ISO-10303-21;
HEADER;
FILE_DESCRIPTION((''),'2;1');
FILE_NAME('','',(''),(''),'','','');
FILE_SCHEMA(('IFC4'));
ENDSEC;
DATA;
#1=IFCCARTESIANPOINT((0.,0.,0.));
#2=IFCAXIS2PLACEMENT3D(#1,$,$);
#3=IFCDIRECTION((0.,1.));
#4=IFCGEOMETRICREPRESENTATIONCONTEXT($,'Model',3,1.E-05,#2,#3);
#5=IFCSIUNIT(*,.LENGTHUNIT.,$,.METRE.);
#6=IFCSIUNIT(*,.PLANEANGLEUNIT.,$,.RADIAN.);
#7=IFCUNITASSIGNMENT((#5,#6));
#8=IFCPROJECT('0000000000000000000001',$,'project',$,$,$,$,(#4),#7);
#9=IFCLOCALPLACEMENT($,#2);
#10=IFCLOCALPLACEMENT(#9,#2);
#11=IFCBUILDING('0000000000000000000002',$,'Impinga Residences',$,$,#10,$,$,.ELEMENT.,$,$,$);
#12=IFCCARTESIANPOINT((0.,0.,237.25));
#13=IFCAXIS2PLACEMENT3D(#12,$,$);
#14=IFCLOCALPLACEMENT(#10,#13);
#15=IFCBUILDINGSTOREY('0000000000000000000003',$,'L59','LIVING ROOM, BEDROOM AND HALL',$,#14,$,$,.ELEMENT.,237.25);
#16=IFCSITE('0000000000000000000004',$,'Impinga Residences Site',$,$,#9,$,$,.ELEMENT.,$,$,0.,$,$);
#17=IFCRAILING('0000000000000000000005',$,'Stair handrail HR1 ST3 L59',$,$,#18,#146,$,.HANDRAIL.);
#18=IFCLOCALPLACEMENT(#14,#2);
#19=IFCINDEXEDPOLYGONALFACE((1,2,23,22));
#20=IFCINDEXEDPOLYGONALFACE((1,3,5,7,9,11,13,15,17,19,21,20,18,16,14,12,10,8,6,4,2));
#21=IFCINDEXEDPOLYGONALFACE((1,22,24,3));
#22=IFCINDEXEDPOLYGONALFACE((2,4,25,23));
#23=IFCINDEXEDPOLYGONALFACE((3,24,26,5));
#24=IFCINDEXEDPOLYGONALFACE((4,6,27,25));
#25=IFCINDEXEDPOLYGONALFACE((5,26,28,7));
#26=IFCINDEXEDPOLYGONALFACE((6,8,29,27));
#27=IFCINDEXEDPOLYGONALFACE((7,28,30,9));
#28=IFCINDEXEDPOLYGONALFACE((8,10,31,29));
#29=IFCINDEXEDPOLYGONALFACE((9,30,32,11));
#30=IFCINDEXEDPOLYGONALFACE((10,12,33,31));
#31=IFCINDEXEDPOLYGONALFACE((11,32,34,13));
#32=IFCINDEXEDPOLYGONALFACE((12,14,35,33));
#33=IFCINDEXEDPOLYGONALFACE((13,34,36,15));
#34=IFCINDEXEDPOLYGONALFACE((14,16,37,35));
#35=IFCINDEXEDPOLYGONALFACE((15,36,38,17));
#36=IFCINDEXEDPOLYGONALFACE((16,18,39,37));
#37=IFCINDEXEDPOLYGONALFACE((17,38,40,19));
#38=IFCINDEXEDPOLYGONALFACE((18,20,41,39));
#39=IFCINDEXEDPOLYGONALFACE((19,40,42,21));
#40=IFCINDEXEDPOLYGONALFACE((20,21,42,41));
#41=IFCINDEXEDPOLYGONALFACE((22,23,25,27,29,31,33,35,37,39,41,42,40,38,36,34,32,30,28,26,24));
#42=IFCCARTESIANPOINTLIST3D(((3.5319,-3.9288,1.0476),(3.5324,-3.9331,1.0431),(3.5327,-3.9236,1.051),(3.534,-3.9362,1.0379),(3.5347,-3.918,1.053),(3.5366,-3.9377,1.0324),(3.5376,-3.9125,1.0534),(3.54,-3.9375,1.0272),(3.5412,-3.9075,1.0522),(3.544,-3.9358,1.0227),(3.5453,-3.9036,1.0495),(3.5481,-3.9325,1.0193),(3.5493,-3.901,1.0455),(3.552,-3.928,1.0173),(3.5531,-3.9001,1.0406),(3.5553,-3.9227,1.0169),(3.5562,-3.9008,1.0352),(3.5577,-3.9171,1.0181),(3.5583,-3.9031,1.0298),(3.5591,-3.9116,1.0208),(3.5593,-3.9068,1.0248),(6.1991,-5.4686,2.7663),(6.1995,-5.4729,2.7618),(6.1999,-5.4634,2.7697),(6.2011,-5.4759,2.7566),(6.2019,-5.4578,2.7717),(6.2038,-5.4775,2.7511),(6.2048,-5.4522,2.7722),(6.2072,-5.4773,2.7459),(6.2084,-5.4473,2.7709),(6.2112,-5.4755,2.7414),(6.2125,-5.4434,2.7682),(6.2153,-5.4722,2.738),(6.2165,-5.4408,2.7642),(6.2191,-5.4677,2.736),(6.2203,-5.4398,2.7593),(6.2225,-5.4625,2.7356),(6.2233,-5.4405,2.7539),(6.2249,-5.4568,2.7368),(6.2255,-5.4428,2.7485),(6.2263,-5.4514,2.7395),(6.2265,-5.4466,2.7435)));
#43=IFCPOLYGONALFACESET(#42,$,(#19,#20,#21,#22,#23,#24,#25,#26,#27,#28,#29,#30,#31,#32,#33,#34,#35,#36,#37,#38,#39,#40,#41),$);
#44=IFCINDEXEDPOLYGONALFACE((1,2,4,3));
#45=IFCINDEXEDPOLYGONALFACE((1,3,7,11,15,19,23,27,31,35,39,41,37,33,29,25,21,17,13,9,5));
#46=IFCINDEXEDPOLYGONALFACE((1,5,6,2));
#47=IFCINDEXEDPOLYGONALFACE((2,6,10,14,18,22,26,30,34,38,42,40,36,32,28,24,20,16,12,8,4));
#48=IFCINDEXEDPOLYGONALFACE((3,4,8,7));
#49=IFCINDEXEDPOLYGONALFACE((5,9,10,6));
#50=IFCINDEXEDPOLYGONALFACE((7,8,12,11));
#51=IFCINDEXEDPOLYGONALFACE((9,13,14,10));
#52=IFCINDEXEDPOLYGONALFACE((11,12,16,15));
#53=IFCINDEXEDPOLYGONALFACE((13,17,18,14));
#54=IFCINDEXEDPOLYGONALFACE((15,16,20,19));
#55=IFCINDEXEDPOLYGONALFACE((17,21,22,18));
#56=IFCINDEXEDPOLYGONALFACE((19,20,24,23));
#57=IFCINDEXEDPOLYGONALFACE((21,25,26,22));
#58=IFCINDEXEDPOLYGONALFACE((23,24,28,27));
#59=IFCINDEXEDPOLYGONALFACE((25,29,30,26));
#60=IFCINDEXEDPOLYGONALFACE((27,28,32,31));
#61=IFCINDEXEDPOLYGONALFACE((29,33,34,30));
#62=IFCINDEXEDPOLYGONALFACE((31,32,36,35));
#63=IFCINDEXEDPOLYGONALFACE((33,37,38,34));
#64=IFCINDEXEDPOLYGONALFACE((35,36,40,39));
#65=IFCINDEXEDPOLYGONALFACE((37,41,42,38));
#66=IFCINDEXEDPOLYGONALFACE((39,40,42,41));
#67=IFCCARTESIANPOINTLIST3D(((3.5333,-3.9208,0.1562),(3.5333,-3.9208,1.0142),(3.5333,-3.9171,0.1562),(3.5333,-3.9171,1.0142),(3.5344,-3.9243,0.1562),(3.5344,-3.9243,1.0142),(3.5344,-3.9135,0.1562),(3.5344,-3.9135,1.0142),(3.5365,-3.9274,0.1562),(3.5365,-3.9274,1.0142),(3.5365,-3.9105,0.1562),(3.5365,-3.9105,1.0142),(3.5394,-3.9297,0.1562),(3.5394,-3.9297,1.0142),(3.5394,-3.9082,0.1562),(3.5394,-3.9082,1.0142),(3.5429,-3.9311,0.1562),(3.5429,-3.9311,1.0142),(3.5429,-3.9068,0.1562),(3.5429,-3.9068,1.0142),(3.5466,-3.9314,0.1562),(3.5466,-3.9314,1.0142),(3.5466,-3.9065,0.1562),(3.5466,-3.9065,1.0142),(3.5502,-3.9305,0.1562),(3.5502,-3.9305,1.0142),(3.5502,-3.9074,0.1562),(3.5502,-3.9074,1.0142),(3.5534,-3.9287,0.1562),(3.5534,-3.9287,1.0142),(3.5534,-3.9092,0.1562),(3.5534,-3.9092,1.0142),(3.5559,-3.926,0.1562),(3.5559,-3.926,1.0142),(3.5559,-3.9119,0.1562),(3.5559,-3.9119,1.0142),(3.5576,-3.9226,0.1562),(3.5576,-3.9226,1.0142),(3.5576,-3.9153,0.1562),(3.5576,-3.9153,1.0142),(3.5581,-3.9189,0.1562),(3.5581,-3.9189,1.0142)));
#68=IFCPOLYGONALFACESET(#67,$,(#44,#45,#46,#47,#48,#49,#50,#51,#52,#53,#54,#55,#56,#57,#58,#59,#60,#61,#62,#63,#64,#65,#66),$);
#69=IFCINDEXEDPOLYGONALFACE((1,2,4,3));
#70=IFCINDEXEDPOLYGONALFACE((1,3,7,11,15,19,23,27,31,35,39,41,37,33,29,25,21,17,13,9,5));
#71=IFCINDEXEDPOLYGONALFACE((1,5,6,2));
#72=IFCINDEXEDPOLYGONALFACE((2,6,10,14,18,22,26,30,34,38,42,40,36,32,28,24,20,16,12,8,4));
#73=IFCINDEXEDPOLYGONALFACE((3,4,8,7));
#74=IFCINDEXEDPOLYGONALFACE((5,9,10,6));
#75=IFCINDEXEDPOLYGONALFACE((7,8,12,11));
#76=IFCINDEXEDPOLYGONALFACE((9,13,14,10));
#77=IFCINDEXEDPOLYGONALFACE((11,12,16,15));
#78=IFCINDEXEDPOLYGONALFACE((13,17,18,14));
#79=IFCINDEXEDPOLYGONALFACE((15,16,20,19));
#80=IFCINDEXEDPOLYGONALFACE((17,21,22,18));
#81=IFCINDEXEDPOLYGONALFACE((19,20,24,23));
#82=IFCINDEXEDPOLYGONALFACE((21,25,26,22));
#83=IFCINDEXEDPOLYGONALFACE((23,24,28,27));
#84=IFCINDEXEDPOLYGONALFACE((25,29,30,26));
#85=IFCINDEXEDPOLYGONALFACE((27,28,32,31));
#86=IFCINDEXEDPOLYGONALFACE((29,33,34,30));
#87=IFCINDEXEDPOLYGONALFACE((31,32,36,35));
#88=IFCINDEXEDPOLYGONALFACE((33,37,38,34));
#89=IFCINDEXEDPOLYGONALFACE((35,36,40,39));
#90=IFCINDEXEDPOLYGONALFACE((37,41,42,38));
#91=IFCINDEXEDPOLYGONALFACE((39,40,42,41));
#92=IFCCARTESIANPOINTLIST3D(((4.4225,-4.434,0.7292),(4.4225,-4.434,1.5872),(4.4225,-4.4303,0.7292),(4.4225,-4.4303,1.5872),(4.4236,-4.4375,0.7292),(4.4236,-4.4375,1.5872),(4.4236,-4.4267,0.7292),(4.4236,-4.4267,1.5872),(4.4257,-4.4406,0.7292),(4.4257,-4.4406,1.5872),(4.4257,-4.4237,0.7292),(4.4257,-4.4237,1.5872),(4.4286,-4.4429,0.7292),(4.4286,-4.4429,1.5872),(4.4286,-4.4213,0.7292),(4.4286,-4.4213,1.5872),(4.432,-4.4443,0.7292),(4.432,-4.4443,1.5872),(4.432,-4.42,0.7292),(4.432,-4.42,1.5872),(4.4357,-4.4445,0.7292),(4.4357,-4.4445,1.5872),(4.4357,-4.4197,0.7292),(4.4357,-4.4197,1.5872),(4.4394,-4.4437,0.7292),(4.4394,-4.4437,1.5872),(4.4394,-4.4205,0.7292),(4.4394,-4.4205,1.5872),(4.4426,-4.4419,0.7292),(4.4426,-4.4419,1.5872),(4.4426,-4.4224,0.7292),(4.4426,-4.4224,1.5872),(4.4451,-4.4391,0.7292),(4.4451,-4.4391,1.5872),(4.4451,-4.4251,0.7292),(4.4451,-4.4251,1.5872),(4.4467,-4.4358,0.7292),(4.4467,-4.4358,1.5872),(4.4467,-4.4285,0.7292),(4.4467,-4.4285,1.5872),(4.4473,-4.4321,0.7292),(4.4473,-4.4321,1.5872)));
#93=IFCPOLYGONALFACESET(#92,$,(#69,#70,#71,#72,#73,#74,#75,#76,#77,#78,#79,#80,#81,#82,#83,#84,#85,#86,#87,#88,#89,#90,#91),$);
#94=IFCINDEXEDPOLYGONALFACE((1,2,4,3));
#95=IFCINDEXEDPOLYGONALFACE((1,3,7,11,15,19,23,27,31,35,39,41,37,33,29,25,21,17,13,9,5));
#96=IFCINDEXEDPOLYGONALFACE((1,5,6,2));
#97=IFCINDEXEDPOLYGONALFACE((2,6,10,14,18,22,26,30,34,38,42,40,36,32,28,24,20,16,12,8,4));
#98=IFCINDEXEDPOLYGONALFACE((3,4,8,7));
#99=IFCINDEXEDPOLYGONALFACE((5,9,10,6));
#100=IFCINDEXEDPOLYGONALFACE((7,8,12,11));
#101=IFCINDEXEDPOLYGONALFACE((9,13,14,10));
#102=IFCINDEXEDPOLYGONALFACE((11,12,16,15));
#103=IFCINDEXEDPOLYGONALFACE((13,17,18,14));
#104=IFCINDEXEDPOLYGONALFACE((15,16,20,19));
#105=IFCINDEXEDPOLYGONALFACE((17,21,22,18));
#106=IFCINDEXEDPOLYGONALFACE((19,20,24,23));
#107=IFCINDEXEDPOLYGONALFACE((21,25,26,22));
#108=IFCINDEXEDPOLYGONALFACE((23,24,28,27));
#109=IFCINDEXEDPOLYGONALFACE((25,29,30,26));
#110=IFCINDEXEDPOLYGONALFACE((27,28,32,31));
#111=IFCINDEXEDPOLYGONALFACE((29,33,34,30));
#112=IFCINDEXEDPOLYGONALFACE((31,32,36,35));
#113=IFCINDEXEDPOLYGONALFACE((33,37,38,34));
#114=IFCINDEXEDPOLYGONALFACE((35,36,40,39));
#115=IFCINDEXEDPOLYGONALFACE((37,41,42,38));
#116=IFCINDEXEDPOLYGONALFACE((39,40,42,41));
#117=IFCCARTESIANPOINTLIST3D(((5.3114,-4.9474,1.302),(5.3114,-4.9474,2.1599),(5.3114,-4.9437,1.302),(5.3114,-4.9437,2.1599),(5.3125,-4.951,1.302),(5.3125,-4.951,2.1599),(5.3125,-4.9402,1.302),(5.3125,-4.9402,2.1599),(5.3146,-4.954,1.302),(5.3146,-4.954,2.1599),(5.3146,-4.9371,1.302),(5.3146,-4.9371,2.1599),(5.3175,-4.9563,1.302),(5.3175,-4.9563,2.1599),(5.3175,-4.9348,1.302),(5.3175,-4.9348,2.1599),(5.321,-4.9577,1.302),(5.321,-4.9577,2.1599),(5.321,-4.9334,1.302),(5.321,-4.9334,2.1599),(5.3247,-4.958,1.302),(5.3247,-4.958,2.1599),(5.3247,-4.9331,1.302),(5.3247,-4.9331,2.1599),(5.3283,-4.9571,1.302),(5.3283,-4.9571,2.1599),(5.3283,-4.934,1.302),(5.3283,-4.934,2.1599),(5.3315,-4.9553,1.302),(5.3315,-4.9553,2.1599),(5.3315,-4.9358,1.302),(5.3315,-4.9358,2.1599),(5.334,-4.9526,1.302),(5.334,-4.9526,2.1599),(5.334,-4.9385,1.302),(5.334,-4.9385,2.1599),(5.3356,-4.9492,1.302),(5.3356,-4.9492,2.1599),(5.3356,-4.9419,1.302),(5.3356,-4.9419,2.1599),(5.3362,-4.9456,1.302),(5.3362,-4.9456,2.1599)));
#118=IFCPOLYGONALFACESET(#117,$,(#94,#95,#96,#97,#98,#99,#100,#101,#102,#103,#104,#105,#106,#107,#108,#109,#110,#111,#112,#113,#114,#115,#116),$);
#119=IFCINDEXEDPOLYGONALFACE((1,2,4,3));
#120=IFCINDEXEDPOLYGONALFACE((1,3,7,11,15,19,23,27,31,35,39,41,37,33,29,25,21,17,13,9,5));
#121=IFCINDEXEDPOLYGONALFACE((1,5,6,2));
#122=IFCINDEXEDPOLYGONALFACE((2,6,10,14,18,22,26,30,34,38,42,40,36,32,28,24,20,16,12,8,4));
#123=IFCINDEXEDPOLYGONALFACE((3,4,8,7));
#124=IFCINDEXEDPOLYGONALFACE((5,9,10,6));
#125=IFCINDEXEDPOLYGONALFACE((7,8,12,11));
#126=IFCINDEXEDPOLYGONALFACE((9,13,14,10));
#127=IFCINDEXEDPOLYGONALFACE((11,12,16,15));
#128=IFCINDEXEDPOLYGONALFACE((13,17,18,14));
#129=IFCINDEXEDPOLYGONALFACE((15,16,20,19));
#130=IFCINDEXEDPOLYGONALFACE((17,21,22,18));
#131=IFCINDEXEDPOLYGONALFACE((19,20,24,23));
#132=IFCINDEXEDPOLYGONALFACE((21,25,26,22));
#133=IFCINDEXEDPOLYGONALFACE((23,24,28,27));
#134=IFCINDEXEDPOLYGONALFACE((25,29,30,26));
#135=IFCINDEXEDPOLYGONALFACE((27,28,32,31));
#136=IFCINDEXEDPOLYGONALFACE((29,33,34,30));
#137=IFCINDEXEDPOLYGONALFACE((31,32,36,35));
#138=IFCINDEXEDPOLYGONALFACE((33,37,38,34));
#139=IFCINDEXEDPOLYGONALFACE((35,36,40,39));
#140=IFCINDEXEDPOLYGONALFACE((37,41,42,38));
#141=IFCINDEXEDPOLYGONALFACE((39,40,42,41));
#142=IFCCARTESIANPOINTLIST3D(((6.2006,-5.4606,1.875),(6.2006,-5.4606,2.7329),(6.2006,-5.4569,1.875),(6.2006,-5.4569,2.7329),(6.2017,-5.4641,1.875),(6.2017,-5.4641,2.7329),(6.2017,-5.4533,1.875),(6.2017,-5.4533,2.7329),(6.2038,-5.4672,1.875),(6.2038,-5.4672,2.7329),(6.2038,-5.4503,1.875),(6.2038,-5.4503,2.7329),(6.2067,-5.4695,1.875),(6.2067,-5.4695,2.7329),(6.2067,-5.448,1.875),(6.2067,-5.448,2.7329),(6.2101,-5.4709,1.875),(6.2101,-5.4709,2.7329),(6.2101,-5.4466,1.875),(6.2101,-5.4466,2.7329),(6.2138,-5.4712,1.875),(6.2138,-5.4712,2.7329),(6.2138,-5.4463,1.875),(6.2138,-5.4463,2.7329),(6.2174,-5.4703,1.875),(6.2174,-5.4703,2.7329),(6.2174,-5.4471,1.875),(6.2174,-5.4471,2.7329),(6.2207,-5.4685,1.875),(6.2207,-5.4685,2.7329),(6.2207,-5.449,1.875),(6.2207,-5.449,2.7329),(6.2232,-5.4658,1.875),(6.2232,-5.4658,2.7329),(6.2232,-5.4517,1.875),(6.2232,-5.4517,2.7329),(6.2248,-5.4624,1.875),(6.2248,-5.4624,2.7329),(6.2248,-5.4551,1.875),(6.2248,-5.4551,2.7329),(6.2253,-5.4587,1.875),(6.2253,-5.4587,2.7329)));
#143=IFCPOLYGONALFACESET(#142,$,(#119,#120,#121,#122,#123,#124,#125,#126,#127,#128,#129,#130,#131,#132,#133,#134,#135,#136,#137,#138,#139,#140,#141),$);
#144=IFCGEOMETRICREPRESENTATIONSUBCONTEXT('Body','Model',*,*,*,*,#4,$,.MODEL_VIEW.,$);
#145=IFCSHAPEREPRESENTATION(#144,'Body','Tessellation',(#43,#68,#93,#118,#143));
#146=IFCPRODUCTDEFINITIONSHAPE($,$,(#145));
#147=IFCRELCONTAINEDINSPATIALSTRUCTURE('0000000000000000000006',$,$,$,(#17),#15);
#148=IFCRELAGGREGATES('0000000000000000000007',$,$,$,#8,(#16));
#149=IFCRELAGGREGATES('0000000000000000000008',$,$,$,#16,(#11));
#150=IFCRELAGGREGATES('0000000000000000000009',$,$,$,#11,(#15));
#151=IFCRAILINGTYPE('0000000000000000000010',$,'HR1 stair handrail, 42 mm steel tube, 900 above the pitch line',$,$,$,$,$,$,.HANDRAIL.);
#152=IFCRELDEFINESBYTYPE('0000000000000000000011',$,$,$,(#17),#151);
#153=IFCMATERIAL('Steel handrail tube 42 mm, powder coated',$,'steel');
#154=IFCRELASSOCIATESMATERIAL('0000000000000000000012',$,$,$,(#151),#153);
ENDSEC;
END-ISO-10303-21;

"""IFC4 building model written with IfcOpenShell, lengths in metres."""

from ifc_helpers import new_model, si_unit, direction, frame, origin, origin_2d, place, context, subcontext, project, spatial, circle, extrude, material, type_object, element, save


model = new_model("IFC4")

# Units and contexts
model_context = context("Model", 3, precision=1e-05, world=origin(), true_north=direction((0.0, 1.0)))
body_context = subcontext(model_context, "Body", "Model", "MODEL_VIEW")
ifc_project = project(units=[si_unit("LENGTHUNIT", "METRE"), si_unit("PLANEANGLEUNIT", "RADIAN")], contexts=[model_context])

# Site, building, storey
site_placement = place(None, origin())
site = spatial("IfcSite", under=ifc_project, at=site_placement, Name="Impinga Residences Site", CompositionType="ELEMENT", RefElevation=0.0)
building_placement = place(site_placement, origin())
building = spatial("IfcBuilding", under=site, at=building_placement, Name="Impinga Residences", CompositionType="ELEMENT")
storey_placement = place(building_placement, frame((0.0, 0.0, 237.25)))
storey = spatial("IfcBuildingStorey", under=building, at=storey_placement, Name="L59", Description="LIVING ROOM, BEDROOM AND HALL", CompositionType="ELEMENT", Elevation=237.25)

# Railing
ifc_material_1 = material(Name="Steel handrail tube 42 mm, powder coated", Category="steel")
railing_type_1 = type_object("IfcRailingType", Name="HR1 stair handrail, 42 mm steel tube, 900 above the pitch line", PredefinedType="HANDRAIL", material=ifc_material_1)
railing_1_placement = place(storey_placement, frame((3.5457, -3.9189, 0.1562)))
element("IfcRailing", 1, at=railing_1_placement, inside=storey, type_object=railing_type_1, Name="Stair handrail HR1 ST3 L59", PredefinedType="HANDRAIL", context=body_context, shape_type="SweptSolid", body=[
    extrude(circle(Radius=0.021, at=origin_2d()), frame((0.0, 0.0, 0.8789), z_axis=(0.756249, -0.436582, 0.487322), x_axis=(0.499967, 0.866044, 0.0)), (0.0, 0.0, 1.0), 3.5269),
    extrude(circle(Radius=0.0125, at=origin_2d()), origin(), (0.0, 0.0, 1.0), 0.8579),
    extrude(circle(Radius=0.0125, at=origin_2d()), frame((0.8892, -0.5132, 0.573)), (0.0, 0.0, 1.0), 0.8579),
    extrude(circle(Radius=0.0125, at=origin_2d()), frame((1.7781, -1.0266, 1.1458)), (0.0, 0.0, 1.0), 0.8579),
    extrude(circle(Radius=0.0125, at=origin_2d()), frame((2.6672, -1.5398, 1.7188)), (0.0, 0.0, 1.0), 0.8579),
])

save(model, "model.ifc")
